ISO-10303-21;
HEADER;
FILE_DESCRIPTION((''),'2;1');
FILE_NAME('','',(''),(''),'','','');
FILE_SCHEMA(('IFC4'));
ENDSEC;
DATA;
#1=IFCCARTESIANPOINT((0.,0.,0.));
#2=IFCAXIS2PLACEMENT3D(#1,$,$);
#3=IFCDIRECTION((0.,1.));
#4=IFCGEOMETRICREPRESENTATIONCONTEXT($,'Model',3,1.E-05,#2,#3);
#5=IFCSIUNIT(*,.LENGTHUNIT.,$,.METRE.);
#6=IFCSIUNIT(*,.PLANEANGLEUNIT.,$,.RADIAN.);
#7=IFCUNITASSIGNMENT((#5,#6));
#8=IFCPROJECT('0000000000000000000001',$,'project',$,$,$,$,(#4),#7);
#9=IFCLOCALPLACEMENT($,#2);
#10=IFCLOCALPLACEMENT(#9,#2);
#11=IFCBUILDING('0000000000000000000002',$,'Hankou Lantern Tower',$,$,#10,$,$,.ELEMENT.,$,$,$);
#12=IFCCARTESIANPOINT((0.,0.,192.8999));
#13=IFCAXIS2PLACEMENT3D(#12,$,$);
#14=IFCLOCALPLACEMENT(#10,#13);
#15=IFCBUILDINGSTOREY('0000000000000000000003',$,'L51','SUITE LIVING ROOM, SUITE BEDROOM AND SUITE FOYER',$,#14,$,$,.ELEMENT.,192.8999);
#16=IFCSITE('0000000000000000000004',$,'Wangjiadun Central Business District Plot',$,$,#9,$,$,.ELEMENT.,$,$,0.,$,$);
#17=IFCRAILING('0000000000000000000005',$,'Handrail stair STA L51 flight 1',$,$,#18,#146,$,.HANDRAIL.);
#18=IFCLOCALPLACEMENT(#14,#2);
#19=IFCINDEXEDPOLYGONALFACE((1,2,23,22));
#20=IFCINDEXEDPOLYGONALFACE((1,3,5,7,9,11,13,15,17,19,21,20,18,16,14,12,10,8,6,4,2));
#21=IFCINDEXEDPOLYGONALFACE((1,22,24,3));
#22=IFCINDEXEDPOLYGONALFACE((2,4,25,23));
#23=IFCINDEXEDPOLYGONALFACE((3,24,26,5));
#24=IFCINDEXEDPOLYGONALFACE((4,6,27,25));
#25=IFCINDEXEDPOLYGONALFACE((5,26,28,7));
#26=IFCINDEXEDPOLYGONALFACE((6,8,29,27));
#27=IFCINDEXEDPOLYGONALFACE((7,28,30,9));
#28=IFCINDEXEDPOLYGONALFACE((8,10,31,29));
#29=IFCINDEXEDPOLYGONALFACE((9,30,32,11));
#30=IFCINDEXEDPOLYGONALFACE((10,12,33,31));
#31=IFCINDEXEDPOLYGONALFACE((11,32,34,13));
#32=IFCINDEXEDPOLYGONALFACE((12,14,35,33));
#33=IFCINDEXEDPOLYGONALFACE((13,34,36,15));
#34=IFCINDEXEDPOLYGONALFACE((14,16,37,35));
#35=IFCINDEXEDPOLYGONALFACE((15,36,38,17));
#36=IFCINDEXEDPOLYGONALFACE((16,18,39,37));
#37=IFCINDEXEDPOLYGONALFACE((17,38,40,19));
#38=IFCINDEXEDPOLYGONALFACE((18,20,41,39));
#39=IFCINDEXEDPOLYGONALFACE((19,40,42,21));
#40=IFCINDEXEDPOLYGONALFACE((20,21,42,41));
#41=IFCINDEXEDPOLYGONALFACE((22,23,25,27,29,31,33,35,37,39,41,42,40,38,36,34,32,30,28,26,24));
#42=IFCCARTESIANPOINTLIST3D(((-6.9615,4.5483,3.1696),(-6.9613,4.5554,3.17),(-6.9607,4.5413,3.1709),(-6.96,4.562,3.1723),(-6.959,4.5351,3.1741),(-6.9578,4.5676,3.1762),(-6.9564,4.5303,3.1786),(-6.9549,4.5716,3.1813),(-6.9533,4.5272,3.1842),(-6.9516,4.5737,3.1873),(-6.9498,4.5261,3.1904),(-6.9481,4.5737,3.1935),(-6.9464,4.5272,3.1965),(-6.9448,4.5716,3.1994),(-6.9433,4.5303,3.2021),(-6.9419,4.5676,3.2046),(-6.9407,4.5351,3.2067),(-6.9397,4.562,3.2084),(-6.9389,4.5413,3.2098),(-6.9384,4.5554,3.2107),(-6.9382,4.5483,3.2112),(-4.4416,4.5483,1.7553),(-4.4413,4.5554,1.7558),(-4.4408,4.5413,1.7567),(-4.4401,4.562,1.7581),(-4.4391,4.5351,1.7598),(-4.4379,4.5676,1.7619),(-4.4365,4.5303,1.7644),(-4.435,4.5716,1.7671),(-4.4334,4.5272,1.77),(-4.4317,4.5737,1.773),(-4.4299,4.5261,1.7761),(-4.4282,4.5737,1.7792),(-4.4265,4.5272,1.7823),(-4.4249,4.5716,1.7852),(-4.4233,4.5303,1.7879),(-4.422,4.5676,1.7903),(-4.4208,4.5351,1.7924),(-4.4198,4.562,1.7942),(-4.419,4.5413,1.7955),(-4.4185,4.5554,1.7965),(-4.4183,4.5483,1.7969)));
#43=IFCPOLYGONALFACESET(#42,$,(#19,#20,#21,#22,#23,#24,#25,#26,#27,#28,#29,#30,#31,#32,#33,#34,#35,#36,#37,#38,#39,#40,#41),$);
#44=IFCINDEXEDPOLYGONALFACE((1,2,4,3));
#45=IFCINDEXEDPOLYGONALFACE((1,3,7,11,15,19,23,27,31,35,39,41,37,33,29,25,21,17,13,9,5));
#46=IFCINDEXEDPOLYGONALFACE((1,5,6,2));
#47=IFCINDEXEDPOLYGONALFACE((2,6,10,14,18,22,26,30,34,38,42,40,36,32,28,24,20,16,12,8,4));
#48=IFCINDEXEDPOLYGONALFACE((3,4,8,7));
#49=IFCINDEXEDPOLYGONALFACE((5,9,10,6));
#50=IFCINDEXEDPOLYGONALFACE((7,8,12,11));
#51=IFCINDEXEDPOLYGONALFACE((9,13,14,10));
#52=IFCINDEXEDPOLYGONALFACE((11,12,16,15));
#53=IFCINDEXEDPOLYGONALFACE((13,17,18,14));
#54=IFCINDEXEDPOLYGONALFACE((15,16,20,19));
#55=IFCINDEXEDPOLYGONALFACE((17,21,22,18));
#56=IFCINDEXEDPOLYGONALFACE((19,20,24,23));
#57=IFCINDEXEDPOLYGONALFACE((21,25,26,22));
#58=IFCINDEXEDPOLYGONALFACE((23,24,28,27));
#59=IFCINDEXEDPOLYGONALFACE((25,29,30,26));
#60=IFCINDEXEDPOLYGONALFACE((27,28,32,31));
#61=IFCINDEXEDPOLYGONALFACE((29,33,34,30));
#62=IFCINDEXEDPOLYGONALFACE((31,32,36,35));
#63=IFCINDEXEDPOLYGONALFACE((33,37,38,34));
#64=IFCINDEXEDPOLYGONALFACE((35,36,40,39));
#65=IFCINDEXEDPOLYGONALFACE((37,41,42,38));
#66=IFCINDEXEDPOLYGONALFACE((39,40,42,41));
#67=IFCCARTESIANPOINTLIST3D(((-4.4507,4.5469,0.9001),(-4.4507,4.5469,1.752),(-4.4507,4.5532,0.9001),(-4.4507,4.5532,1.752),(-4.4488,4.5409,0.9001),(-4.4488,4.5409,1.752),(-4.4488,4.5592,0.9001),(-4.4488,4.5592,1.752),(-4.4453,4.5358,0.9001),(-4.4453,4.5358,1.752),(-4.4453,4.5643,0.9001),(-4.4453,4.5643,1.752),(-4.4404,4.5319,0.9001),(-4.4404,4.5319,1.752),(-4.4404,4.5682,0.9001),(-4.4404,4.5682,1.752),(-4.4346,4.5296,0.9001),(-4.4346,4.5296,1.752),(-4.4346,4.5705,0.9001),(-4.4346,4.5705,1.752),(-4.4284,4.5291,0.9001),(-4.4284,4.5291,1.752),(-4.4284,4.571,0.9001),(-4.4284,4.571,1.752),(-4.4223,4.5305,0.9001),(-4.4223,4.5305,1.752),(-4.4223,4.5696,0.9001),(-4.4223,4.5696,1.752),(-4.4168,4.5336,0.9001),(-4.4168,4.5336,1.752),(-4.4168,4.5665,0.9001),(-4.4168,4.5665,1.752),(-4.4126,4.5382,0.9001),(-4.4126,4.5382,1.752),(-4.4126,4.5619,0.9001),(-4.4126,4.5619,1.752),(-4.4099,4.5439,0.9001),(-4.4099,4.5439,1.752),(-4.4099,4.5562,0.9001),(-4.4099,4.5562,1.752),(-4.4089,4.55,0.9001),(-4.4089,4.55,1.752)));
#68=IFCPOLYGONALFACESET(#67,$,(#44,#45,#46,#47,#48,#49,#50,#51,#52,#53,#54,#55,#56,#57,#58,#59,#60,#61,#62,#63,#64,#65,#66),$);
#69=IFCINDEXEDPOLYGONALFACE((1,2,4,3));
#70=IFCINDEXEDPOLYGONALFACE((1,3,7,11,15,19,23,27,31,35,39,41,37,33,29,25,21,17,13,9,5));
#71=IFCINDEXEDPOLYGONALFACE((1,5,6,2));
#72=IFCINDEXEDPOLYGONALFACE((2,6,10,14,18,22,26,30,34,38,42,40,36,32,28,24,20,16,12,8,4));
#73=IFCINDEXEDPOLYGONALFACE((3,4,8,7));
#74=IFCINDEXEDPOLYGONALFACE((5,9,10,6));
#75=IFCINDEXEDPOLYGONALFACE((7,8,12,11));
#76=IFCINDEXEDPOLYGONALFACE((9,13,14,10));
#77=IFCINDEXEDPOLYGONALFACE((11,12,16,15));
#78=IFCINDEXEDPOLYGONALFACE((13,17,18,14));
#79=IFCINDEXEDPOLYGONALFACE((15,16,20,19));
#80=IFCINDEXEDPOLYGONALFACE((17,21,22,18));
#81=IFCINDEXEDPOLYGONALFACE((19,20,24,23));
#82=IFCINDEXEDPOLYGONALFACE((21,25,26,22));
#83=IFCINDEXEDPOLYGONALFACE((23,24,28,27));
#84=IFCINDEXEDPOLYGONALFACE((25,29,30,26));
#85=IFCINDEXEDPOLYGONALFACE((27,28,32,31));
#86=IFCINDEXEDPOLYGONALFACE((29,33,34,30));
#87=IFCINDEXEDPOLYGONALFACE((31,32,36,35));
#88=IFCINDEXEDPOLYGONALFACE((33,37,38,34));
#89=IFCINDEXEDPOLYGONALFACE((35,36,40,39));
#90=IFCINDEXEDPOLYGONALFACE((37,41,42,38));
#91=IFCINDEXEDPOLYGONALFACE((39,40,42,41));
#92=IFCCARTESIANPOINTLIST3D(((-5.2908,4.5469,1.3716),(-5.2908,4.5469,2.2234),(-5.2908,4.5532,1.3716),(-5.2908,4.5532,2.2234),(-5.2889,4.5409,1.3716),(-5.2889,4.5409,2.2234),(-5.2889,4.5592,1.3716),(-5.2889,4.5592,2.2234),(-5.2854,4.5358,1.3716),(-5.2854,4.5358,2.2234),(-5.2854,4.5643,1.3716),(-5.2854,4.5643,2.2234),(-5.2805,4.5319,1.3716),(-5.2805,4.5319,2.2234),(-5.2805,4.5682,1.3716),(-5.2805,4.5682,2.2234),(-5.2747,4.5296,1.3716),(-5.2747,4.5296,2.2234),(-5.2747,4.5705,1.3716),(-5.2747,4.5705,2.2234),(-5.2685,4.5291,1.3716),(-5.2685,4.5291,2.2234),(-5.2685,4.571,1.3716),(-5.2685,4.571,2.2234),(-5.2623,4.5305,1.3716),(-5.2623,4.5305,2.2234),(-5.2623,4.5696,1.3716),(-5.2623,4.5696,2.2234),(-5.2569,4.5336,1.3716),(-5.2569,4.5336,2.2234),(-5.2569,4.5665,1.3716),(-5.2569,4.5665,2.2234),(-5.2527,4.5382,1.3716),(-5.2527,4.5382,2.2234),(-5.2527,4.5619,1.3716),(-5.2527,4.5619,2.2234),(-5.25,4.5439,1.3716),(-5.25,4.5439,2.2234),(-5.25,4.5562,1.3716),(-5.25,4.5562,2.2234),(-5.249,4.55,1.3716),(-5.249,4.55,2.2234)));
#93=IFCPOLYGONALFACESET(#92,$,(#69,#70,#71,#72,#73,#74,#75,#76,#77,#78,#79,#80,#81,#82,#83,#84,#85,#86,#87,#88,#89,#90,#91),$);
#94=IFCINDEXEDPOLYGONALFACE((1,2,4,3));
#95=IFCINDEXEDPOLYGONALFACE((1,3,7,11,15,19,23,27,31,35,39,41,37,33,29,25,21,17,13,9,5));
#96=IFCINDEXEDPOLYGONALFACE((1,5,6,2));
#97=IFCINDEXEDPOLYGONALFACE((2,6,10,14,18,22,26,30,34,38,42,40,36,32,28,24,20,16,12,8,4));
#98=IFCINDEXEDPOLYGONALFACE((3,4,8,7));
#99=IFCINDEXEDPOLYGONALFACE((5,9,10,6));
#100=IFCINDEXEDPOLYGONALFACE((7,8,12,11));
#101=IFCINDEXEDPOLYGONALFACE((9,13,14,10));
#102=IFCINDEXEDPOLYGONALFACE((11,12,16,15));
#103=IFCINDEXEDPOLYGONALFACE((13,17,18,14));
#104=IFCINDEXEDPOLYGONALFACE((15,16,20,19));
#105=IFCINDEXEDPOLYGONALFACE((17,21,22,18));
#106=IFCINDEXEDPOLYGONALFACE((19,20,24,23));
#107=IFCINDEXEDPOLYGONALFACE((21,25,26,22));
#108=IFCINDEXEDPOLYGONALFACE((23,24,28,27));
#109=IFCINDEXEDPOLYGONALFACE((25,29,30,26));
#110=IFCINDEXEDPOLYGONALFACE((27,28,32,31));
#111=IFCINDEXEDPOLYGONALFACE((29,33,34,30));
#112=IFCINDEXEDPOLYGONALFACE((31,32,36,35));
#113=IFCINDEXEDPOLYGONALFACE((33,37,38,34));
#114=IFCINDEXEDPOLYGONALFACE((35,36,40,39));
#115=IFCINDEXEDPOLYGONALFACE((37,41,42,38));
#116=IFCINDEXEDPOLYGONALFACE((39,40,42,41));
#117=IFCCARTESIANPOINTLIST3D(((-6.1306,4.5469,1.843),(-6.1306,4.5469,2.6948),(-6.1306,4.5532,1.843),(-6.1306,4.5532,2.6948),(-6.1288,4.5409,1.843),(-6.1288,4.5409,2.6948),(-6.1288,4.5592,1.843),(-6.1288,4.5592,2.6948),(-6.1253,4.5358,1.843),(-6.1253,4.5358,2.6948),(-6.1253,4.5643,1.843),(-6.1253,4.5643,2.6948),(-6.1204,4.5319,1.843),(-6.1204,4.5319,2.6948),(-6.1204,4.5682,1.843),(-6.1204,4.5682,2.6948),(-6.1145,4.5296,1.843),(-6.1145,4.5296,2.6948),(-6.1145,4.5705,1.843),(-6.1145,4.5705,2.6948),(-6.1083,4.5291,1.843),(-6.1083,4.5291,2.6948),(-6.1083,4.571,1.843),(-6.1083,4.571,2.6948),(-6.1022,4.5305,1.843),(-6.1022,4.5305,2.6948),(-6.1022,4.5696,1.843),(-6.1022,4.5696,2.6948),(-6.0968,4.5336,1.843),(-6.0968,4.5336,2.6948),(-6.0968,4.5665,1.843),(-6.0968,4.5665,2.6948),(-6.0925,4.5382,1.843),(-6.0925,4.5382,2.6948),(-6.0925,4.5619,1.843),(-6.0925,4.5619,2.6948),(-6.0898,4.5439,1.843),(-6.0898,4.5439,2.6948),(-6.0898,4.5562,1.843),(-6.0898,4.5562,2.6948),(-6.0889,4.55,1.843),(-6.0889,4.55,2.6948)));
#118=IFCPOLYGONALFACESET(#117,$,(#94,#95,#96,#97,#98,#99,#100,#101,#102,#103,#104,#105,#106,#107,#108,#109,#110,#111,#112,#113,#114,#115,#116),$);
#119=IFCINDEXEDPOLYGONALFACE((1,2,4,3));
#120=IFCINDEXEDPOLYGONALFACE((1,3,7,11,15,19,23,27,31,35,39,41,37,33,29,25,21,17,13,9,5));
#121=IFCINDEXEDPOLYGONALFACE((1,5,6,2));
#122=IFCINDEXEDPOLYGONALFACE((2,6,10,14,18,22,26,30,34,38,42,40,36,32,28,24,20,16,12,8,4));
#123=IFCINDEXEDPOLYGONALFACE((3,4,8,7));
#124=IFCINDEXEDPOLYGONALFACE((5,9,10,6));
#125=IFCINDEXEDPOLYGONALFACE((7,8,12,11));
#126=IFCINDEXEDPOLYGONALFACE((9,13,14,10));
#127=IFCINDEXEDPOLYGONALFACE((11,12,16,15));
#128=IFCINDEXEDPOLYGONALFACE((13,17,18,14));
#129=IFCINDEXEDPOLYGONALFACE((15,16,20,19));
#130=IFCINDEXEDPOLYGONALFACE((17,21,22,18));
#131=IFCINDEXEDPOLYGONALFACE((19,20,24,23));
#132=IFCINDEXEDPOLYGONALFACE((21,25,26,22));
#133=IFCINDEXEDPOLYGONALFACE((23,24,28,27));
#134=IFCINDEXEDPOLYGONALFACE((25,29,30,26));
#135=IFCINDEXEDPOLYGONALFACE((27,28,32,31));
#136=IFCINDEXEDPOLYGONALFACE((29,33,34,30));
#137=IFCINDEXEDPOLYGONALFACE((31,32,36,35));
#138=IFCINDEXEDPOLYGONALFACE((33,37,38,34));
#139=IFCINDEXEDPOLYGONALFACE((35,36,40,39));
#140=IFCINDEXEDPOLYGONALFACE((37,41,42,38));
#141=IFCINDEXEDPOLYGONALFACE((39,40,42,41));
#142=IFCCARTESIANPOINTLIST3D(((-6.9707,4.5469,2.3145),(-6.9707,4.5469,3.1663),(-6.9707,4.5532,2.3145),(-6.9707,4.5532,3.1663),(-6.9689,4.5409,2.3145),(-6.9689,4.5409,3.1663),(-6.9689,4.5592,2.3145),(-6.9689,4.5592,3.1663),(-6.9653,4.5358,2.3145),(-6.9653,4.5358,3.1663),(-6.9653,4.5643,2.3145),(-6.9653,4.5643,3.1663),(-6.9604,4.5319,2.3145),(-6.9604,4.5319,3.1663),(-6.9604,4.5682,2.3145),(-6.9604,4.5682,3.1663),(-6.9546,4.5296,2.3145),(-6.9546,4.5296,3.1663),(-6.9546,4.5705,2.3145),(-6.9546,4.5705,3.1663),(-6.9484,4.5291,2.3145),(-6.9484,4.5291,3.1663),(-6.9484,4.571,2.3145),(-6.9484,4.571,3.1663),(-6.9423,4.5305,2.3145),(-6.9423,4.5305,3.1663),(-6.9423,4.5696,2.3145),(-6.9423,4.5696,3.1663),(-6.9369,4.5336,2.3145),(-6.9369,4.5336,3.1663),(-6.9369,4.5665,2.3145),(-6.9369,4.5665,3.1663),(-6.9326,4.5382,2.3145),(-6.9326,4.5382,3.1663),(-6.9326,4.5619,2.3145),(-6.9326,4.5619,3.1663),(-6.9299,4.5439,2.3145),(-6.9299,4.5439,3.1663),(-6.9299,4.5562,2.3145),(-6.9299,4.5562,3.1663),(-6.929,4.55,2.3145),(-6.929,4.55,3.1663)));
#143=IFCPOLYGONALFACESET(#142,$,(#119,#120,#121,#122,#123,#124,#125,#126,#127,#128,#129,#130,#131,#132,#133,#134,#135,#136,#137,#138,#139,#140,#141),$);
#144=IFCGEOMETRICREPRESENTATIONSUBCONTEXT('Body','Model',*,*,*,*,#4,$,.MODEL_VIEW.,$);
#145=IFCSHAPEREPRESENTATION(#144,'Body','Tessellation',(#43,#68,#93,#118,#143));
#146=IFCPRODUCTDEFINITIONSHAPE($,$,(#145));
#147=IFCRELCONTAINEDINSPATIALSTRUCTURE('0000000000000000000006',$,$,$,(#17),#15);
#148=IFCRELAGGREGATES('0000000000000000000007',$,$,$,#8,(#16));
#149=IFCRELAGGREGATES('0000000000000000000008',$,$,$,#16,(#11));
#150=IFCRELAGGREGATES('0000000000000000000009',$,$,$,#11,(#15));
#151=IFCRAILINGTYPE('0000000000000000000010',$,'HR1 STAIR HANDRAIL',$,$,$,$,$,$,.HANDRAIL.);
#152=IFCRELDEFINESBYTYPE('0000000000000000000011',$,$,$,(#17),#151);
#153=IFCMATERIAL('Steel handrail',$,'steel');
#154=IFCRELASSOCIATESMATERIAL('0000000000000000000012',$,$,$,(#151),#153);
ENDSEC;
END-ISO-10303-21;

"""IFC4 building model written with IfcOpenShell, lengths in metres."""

from ifc_helpers import new_model, si_unit, direction, frame, origin, origin_2d, place, context, subcontext, project, spatial, circle, extrude, material, type_object, element, save


model = new_model("IFC4")

# Units and contexts
model_context = context("Model", 3, precision=1e-05, world=origin(), true_north=direction((0.0, 1.0)))
body_context = subcontext(model_context, "Body", "Model", "MODEL_VIEW")
ifc_project = project(units=[si_unit("LENGTHUNIT", "METRE"), si_unit("PLANEANGLEUNIT", "RADIAN")], contexts=[model_context])

# Site, building, storey
site_placement = place(None, origin())
site = spatial("IfcSite", under=ifc_project, at=site_placement, Name="Wangjiadun Central Business District Plot", CompositionType="ELEMENT", RefElevation=0.0)
building_placement = place(site_placement, origin())
building = spatial("IfcBuilding", under=site, at=building_placement, Name="Hankou Lantern Tower", CompositionType="ELEMENT")
storey_placement = place(building_placement, frame((0.0, 0.0, 192.8999)))
storey = spatial("IfcBuildingStorey", under=building, at=storey_placement, Name="L51", Description="SUITE LIVING ROOM, SUITE BEDROOM AND SUITE FOYER", CompositionType="ELEMENT", Elevation=192.8999)

# Railing
ifc_material_1 = material(Name="Steel handrail", Category="steel")
railing_type = type_object("IfcRailingType", Name="HR1 STAIR HANDRAIL", PredefinedType="HANDRAIL", material=ifc_material_1)
railing_1_placement = place(storey_placement, frame((-4.4299, 4.55, 0.9001)))
element("IfcRailing", 1, at=railing_1_placement, inside=storey, type_object=railing_type, Name="Handrail stair STA L51 flight 1", PredefinedType="HANDRAIL", context=body_context, shape_type="SweptSolid", body=[
    extrude(circle(Radius=0.0239, at=origin_2d()), frame((0.0, 0.0, 0.876), z_axis=(-0.872049, 0.0, 0.489419), x_axis=(0.0, -1.0, 0.0)), (0.0, 0.0, 1.0), 2.8896),
    extrude(circle(Radius=0.021, at=origin_2d()), origin(), (0.0, 0.0, 1.0), 0.8518),
    extrude(circle(Radius=0.021, at=origin_2d()), frame((-0.8401, 0.0, 0.4714)), (0.0, 0.0, 1.0), 0.8518),
    extrude(circle(Radius=0.021, at=origin_2d()), frame((-1.6799, 0.0, 0.9429)), (0.0, 0.0, 1.0), 0.8518),
    extrude(circle(Radius=0.021, at=origin_2d()), frame((-2.52, 0.0, 1.4143)), (0.0, 0.0, 1.0), 0.8518),
])

save(model, "model.ifc")
